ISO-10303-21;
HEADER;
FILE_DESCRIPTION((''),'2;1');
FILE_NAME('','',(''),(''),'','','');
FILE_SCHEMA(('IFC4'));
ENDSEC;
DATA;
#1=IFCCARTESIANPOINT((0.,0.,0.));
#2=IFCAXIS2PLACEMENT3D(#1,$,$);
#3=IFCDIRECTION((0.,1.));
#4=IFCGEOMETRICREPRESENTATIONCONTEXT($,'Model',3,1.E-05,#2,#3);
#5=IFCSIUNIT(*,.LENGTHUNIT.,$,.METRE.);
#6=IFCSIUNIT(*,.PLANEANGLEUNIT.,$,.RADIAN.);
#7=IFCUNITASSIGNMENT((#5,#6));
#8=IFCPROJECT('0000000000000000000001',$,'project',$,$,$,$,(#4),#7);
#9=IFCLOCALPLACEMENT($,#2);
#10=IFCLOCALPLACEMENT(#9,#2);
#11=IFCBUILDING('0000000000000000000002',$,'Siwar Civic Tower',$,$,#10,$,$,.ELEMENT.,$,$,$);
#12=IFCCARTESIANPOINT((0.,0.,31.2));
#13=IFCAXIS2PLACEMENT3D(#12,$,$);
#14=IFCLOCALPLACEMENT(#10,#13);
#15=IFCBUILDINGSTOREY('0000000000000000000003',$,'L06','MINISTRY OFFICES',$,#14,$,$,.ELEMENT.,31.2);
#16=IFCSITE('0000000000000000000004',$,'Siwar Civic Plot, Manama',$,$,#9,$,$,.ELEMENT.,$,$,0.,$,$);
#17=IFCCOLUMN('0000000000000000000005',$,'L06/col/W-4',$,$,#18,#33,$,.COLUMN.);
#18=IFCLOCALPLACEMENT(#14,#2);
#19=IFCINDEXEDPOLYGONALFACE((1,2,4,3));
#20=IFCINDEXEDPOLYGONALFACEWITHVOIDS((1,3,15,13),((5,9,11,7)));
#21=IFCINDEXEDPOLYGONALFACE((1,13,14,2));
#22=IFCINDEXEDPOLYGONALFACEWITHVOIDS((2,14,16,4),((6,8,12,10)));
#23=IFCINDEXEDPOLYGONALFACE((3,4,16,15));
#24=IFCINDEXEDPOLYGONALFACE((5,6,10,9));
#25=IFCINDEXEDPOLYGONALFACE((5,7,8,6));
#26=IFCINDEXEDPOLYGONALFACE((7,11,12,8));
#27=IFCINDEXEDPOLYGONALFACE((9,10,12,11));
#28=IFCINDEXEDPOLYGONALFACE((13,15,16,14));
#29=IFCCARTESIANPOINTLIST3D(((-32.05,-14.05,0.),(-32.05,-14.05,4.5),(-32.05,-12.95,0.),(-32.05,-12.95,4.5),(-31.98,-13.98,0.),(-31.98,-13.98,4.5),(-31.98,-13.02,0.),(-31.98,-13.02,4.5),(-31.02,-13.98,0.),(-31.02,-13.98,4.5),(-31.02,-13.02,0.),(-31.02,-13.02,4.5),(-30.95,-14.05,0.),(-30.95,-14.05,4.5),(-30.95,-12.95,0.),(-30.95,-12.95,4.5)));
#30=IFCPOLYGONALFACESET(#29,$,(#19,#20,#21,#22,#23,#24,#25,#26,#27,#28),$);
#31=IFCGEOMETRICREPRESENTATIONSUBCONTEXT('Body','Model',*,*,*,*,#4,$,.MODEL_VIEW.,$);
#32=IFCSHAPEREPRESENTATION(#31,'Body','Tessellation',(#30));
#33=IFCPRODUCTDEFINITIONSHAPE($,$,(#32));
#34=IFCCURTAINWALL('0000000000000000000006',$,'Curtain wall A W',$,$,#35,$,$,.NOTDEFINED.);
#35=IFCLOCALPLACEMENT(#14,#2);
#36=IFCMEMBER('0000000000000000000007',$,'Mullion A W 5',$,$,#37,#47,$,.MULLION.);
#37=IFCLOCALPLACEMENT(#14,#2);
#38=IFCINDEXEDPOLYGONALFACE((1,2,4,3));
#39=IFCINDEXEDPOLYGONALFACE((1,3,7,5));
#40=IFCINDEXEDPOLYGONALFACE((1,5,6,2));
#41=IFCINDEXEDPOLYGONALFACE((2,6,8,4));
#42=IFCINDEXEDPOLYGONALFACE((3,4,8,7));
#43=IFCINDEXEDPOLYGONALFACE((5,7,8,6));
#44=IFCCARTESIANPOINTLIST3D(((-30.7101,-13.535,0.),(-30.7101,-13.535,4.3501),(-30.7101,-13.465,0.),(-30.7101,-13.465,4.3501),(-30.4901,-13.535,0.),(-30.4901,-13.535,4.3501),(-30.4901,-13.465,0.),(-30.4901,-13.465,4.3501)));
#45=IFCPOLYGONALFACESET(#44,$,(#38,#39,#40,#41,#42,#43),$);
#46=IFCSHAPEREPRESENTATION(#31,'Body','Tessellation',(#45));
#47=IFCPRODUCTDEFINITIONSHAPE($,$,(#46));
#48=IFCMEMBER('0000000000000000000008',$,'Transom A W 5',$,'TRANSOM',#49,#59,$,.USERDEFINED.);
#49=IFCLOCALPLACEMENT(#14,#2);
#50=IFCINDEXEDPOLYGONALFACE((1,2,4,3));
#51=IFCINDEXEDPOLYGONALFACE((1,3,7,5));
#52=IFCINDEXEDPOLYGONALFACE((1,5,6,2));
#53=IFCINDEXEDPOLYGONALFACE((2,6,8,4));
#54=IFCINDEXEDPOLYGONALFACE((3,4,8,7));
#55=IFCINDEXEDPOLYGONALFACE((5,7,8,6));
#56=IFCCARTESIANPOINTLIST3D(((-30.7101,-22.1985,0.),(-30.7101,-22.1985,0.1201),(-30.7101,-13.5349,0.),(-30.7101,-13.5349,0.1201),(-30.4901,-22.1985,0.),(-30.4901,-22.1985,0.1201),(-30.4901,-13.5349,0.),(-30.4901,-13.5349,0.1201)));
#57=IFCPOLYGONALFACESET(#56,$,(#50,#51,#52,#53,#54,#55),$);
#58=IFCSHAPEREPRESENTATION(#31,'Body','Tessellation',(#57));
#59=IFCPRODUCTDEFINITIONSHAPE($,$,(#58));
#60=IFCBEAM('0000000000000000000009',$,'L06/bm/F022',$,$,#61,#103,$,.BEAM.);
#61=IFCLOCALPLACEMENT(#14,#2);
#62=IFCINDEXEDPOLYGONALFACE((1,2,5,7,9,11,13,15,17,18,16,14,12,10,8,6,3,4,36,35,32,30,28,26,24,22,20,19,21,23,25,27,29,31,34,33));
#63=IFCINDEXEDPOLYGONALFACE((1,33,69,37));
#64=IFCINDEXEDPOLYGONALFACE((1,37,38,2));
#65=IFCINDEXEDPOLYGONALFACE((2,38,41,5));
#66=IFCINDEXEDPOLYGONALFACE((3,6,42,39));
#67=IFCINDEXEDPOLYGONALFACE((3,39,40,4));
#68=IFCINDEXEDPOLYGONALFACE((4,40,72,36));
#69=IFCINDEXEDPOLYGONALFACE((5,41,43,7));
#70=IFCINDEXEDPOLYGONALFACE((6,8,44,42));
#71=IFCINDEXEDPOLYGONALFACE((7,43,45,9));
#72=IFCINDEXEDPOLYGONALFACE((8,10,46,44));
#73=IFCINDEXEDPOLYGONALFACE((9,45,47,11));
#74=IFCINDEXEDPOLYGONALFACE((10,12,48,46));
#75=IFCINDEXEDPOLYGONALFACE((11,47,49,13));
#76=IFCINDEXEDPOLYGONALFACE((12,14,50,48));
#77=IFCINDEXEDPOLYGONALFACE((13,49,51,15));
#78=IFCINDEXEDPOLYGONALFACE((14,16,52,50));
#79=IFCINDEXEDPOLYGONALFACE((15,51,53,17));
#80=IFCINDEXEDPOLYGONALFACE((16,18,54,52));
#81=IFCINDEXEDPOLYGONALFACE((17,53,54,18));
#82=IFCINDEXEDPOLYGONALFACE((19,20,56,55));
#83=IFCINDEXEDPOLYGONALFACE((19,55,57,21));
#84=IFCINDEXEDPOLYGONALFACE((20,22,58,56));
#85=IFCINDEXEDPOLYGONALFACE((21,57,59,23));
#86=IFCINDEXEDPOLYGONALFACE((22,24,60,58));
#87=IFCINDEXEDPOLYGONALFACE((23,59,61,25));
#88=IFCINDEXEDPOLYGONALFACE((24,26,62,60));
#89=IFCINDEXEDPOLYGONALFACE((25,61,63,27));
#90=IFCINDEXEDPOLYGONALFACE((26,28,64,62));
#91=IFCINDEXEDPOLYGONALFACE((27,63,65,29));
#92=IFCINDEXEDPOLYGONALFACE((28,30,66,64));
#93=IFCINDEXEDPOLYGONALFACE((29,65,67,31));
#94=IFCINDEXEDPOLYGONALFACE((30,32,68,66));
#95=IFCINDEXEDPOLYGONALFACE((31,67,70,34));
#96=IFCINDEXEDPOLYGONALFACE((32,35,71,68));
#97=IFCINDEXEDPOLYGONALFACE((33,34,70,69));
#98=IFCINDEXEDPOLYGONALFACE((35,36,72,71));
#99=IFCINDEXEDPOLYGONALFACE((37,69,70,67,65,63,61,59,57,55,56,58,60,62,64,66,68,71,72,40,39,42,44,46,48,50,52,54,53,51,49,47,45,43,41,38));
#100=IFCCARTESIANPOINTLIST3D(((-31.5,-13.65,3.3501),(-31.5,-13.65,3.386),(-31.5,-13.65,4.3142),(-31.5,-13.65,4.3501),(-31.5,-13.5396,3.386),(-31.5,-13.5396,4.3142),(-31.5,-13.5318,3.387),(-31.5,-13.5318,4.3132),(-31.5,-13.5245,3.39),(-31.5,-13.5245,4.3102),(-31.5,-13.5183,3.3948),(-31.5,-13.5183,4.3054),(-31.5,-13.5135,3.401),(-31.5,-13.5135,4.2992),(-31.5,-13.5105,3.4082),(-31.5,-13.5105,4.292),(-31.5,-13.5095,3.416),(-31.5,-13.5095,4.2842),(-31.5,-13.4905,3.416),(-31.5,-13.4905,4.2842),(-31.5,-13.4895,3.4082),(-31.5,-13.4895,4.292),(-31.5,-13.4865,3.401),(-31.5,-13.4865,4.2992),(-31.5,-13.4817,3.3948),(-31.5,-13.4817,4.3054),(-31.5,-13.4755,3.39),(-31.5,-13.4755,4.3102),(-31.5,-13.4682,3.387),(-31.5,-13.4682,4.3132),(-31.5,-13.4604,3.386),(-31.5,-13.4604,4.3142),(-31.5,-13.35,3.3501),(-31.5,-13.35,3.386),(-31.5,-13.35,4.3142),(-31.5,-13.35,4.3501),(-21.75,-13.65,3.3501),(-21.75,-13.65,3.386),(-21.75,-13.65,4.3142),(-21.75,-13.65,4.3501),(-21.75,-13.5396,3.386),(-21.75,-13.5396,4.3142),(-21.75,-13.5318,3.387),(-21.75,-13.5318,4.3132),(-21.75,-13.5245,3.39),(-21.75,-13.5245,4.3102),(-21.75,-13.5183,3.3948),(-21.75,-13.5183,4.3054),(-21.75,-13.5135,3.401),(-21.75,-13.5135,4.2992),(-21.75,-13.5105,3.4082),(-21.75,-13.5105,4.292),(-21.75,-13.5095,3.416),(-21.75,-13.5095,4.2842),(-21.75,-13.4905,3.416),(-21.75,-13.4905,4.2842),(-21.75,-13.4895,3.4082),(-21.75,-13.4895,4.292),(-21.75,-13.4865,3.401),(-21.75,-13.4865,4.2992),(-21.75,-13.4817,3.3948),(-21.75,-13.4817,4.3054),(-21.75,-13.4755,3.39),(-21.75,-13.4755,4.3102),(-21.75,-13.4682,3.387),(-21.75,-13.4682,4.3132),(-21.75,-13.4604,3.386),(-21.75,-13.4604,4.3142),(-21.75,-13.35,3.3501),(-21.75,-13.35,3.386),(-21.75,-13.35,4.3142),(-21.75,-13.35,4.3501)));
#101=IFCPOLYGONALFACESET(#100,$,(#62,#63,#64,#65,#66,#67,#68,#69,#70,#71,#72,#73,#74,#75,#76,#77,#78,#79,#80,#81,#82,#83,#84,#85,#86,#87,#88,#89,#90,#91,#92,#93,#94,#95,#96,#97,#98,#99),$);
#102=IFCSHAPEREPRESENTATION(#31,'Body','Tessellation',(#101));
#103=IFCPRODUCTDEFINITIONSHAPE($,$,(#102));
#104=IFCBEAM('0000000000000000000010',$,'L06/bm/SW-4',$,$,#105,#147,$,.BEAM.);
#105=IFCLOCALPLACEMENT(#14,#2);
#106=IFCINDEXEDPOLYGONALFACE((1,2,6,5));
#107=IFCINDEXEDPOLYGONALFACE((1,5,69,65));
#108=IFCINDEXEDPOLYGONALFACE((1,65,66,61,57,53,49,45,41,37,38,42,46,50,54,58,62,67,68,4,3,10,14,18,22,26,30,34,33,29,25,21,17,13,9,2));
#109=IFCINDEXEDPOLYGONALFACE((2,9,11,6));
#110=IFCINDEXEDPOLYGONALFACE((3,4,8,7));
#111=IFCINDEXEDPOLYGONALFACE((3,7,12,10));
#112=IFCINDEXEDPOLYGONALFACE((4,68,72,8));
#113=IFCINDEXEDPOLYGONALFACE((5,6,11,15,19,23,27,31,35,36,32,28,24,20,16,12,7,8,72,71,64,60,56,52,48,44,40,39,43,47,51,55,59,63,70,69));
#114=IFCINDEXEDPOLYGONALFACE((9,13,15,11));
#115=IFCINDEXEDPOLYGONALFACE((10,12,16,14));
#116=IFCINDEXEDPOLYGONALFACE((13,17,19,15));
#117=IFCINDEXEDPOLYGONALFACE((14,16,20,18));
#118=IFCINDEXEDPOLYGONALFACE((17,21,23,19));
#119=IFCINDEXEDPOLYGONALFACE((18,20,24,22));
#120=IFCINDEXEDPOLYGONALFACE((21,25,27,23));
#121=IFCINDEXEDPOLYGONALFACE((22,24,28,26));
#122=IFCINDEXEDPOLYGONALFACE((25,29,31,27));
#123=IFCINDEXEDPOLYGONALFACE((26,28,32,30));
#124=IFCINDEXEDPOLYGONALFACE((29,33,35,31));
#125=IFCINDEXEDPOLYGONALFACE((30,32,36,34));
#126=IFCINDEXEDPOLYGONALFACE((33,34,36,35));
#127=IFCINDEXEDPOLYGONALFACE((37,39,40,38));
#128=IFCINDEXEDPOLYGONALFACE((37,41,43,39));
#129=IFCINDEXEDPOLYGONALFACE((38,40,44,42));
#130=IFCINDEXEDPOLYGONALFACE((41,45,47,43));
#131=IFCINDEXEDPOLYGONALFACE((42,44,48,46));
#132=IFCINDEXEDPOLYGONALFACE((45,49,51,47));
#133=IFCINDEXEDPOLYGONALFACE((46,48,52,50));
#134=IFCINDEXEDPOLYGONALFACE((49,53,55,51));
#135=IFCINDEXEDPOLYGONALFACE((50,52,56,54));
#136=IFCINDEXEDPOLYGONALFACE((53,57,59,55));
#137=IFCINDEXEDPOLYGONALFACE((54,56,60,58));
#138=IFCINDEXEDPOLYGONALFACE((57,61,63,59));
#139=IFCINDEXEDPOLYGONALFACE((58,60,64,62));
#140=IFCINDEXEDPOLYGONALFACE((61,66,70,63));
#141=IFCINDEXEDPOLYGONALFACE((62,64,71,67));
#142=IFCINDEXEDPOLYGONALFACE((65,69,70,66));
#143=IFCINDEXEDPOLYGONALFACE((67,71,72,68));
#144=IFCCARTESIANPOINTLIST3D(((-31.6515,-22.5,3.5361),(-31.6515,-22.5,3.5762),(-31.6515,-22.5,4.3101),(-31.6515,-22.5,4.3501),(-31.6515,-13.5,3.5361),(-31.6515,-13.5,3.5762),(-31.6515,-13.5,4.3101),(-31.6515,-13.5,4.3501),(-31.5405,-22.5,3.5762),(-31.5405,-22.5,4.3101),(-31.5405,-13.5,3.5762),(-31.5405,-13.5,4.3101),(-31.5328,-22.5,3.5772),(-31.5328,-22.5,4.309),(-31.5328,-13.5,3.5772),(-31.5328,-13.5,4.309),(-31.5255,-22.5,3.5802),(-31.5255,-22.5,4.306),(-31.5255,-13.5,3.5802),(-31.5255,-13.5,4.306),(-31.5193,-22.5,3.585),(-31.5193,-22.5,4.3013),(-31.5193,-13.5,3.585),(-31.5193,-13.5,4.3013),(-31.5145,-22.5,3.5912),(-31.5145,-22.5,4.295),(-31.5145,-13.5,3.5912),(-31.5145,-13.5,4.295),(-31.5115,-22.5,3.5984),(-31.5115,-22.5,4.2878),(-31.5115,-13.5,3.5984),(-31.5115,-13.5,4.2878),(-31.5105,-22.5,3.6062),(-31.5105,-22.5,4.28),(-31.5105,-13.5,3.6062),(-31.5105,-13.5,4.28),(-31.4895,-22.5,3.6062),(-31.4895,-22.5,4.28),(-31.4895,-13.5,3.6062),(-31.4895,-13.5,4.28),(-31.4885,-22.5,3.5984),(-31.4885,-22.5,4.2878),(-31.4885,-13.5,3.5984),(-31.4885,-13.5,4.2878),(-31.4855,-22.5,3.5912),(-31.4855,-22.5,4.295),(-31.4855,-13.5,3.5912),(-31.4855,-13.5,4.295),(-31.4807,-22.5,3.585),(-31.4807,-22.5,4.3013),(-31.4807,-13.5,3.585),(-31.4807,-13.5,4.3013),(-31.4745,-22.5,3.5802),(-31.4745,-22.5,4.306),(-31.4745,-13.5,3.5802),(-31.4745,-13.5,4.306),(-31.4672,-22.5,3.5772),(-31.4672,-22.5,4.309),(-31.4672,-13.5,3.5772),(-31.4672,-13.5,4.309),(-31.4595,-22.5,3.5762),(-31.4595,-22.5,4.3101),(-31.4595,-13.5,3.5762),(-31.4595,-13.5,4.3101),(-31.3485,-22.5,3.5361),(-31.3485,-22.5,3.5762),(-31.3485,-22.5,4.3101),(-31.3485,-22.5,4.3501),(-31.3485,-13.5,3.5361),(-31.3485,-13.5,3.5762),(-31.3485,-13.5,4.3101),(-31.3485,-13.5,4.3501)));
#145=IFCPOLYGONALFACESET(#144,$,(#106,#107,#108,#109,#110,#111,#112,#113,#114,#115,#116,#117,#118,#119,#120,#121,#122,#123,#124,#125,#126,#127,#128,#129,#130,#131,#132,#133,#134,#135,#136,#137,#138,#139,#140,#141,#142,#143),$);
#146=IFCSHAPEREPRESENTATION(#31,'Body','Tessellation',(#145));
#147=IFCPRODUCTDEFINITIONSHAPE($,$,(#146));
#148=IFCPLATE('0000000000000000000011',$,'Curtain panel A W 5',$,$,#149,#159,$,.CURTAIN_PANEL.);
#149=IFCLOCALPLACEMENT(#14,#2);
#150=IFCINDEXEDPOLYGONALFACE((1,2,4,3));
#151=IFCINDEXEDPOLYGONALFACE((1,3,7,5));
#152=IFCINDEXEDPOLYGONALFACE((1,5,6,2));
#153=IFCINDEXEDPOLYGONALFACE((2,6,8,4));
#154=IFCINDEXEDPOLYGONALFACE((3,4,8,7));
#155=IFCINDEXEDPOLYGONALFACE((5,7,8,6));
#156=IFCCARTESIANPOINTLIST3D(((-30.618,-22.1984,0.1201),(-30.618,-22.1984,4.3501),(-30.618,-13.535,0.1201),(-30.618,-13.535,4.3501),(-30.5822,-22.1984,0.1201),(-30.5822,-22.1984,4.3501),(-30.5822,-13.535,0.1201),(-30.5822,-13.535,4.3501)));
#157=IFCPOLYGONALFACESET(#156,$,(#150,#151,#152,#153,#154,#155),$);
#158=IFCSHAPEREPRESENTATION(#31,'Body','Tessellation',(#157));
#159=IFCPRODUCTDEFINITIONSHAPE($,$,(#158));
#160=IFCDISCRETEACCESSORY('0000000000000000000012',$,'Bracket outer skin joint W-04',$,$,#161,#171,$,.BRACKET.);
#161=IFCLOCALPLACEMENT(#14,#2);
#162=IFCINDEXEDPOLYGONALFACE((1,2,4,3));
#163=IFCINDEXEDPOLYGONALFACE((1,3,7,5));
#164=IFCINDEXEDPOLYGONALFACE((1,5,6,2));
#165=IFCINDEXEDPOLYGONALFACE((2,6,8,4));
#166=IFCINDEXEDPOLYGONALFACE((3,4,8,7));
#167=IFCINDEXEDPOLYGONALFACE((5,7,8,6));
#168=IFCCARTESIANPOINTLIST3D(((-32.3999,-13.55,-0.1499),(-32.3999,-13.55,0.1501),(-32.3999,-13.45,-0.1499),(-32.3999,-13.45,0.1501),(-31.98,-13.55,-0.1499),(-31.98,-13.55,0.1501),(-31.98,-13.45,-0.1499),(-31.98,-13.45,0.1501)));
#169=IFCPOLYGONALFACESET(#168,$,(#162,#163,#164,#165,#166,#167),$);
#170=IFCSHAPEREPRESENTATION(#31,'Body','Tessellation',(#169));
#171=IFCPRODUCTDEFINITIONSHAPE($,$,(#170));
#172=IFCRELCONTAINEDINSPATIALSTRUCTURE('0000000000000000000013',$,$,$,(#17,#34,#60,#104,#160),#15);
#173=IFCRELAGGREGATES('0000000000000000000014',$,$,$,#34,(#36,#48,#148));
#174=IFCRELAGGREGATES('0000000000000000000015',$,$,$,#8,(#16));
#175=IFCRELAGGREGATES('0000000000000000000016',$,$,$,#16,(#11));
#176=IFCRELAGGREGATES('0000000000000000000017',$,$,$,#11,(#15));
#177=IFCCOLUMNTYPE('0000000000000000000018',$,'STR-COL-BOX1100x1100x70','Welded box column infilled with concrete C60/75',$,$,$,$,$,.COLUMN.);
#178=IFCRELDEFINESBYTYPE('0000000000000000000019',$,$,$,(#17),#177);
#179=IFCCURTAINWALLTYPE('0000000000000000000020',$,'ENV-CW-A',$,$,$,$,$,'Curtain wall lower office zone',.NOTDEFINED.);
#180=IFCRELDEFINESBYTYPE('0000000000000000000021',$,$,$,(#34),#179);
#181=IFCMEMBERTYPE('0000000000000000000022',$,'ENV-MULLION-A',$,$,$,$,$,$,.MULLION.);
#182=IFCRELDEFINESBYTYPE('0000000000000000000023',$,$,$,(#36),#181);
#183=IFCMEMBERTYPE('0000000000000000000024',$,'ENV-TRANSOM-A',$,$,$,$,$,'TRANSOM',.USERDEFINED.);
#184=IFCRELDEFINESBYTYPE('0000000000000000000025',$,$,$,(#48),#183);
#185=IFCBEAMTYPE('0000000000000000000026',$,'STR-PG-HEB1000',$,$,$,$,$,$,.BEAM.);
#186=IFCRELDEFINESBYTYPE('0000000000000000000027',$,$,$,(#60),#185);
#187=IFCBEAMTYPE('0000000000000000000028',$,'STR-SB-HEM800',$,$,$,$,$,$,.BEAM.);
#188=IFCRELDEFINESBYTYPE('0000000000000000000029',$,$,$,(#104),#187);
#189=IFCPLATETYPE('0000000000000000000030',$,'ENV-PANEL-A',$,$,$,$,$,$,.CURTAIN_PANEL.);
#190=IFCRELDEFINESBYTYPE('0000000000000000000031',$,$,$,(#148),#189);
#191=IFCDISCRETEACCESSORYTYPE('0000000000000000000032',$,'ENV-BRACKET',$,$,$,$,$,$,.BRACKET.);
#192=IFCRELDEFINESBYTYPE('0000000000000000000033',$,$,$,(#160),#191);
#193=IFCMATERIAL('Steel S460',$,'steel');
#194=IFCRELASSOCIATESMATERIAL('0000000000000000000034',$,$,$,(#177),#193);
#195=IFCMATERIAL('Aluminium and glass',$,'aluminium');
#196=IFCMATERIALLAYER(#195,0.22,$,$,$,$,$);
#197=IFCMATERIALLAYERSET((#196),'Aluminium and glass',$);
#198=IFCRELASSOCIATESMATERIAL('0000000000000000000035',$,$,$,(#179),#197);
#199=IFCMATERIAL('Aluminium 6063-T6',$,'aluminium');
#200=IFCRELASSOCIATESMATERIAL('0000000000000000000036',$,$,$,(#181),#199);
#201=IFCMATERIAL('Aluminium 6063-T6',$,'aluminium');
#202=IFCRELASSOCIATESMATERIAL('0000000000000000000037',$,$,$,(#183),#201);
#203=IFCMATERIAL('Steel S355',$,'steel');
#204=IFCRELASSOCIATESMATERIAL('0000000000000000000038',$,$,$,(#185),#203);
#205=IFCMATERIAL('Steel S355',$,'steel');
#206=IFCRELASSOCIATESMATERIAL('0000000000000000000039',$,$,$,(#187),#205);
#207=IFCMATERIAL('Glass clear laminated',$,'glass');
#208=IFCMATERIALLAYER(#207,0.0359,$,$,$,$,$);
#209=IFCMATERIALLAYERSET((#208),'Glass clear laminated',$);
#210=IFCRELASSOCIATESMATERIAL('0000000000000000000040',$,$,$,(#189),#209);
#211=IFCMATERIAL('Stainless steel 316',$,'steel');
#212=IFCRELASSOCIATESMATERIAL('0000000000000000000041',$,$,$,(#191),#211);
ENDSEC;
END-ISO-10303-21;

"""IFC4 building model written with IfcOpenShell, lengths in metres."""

from ifc_helpers import new_model, si_unit, direction, frame, origin, origin_2d, place, context, subcontext, project, spatial, rectangle, hollow_rectangle, i_section, extrude, material, layer, layer_set, material_profile, profile_set, type_object, element, aggregate, save


model = new_model("IFC4")

# Units and contexts
model_context = context("Model", 3, precision=1e-05, world=origin(), true_north=direction((0.0, 1.0)))
body_context = subcontext(model_context, "Body", "Model", "MODEL_VIEW")
ifc_project = project(units=[si_unit("LENGTHUNIT", "METRE"), si_unit("PLANEANGLEUNIT", "RADIAN")], contexts=[model_context])

# Site, building, storey
site_placement = place(None, origin())
site = spatial("IfcSite", under=ifc_project, at=site_placement, Name="Siwar Civic Plot, Manama", CompositionType="ELEMENT", RefElevation=0.0)
building_placement = place(site_placement, origin())
building = spatial("IfcBuilding", under=site, at=building_placement, Name="Siwar Civic Tower", CompositionType="ELEMENT")
storey_placement = place(building_placement, frame((0.0, 0.0, 31.2)))
storey = spatial("IfcBuildingStorey", under=building, at=storey_placement, Name="L06", Description="MINISTRY OFFICES", CompositionType="ELEMENT", Elevation=31.2)

# Column
ifc_material_1 = material(Name="Steel S460", Category="steel")
ifc_material_profile_1 = material_profile(ifc_material_1, hollow_rectangle(XDim=1.1001, YDim=1.1001, WallThickness=0.0701, at=origin_2d()), Name="BOX1100x1100x70")
ifc_profile_set_1 = profile_set([ifc_material_profile_1], Name="Steel S460")
column_type = type_object("IfcColumnType", Name="STR-COL-BOX1100x1100x70", Description="Welded box column infilled with concrete C60/75", PredefinedType="COLUMN", material=ifc_profile_set_1)
column_placement = place(storey_placement, frame((-31.5, -13.5, 0.0), z_axis=(0.0, 0.0, 1.0), x_axis=(1.0, 0.0, 0.0)))
element("IfcColumn", 1, at=column_placement, inside=storey, type_object=column_type, Name="L06/col/W-4", PredefinedType="COLUMN", context=body_context, shape_type="SweptSolid", body=[
    extrude(hollow_rectangle(XDim=1.1001, YDim=1.1001, WallThickness=0.0701, at=origin_2d()), origin(), (0.0, 0.0, 1.0), 4.5),
])

# Curtain wall, members
ifc_material_2 = material(Name="Aluminium and glass", Category="aluminium")
ifc_layer_1 = layer(ifc_material_2, 0.22)
ifc_layer_set_1 = layer_set([ifc_layer_1], Name="Aluminium and glass")
curtain_wall_type = type_object("IfcCurtainWallType", Name="ENV-CW-A", ElementType="Curtain wall lower office zone", PredefinedType="NOTDEFINED", material=ifc_layer_set_1)
curtain_wall_placement = place(storey_placement, origin())
curtain_wall = element("IfcCurtainWall", 2, at=curtain_wall_placement, inside=storey, type_object=curtain_wall_type, Name="Curtain wall A W", PredefinedType="NOTDEFINED")
ifc_material_3 = material(Name="Aluminium 6063-T6", Category="aluminium")
ifc_material_profile_2 = material_profile(ifc_material_3, rectangle(XDim=0.22, YDim=0.0701, at=origin_2d()), Name="AL 220x70")
ifc_profile_set_2 = profile_set([ifc_material_profile_2], Name="Aluminium 6063-T6")
member_type_1 = type_object("IfcMemberType", Name="ENV-MULLION-A", PredefinedType="MULLION", material=ifc_profile_set_2)
member_1_placement = place(storey_placement, frame((-30.6001, -13.5, 0.0), z_axis=(0.0, 0.0, 1.0), x_axis=(1.0, 0.0, 0.0)))
member_1 = element("IfcMember", 3, at=member_1_placement, type_object=member_type_1, Name="Mullion A W 5", PredefinedType="MULLION", context=body_context, shape_type="SweptSolid", body=[
    extrude(rectangle(XDim=0.22, YDim=0.0701, at=origin_2d()), origin(), (0.0, 0.0, 1.0), 4.3501),
])
ifc_material_4 = material(Name="Aluminium 6063-T6", Category="aluminium")
ifc_material_profile_3 = material_profile(ifc_material_4, rectangle(XDim=0.22, YDim=0.1201, at=origin_2d()), Name="AL 220x120")
ifc_profile_set_3 = profile_set([ifc_material_profile_3], Name="Aluminium 6063-T6")
member_type_2 = type_object("IfcMemberType", Name="ENV-TRANSOM-A", ElementType="TRANSOM", PredefinedType="USERDEFINED", material=ifc_profile_set_3)
member_2_placement = place(storey_placement, frame((-30.6001, -13.5349, 0.0601), z_axis=(0.0, -1.0, 0.0), x_axis=(1.0, 0.0, 0.0)))
member_2 = element("IfcMember", 4, at=member_2_placement, type_object=member_type_2, Name="Transom A W 5", ObjectType="TRANSOM", PredefinedType="USERDEFINED", context=body_context, shape_type="SweptSolid", body=[
    extrude(rectangle(XDim=0.22, YDim=0.1201, at=origin_2d()), origin(), (0.0, 0.0, 1.0), 8.6636),
])

# Beams
ifc_material_5 = material(Name="Steel S355", Category="steel")
ifc_material_profile_4 = material_profile(ifc_material_5, i_section(OverallWidth=0.3, OverallDepth=1.0, WebThickness=0.019, FlangeThickness=0.0359, FilletRadius=0.03, at=origin_2d()), Name="HEB1000")
ifc_profile_set_4 = profile_set([ifc_material_profile_4], Name="Steel S355")
beam_type_1 = type_object("IfcBeamType", Name="STR-PG-HEB1000", PredefinedType="BEAM", material=ifc_profile_set_4)
beam_1_placement = place(storey_placement, frame((-31.5, -13.5, 3.8501), z_axis=(1.0, 0.0, 0.0), x_axis=(0.0, 1.0, 0.0)))
element("IfcBeam", 5, at=beam_1_placement, inside=storey, type_object=beam_type_1, Name="L06/bm/F022", PredefinedType="BEAM", context=body_context, shape_type="SweptSolid", body=[
    extrude(i_section(OverallWidth=0.3, OverallDepth=1.0, WebThickness=0.019, FlangeThickness=0.0359, FilletRadius=0.03, at=origin_2d()), origin(), (0.0, 0.0, 1.0), 9.75),
])
ifc_material_6 = material(Name="Steel S355", Category="steel")
ifc_material_profile_5 = material_profile(ifc_material_6, i_section(OverallWidth=0.303, OverallDepth=0.814, WebThickness=0.021, FlangeThickness=0.04, FilletRadius=0.03, at=origin_2d()), Name="HEM800")
ifc_profile_set_5 = profile_set([ifc_material_profile_5], Name="Steel S355")
beam_type_2 = type_object("IfcBeamType", Name="STR-SB-HEM800", PredefinedType="BEAM", material=ifc_profile_set_5)
beam_2_placement = place(storey_placement, frame((-31.5, -13.5, 3.9431), z_axis=(0.0, -1.0, 0.0), x_axis=(1.0, 0.0, 0.0)))
element("IfcBeam", 6, at=beam_2_placement, inside=storey, type_object=beam_type_2, Name="L06/bm/SW-4", PredefinedType="BEAM", context=body_context, shape_type="SweptSolid", body=[
    extrude(i_section(OverallWidth=0.303, OverallDepth=0.814, WebThickness=0.021, FlangeThickness=0.04, FilletRadius=0.03, at=origin_2d()), origin(), (0.0, 0.0, 1.0), 9.0),
])

# Plate
ifc_material_7 = material(Name="Glass clear laminated", Category="glass")
ifc_layer_2 = layer(ifc_material_7, 0.0359)
ifc_layer_set_2 = layer_set([ifc_layer_2], Name="Glass clear laminated")
plate_type = type_object("IfcPlateType", Name="ENV-PANEL-A", PredefinedType="CURTAIN_PANEL", material=ifc_layer_set_2)
plate_placement = place(storey_placement, frame((-30.6001, -17.8667, 0.1201), z_axis=(0.0, 0.0, 1.0), x_axis=(0.0, -1.0, 0.0)))
plate = element("IfcPlate", 7, at=plate_placement, type_object=plate_type, Name="Curtain panel A W 5", PredefinedType="CURTAIN_PANEL", context=body_context, shape_type="SweptSolid", body=[
    extrude(rectangle(XDim=8.6633, YDim=0.0359, at=origin_2d()), origin(), (0.0, 0.0, 1.0), 4.23),
])
aggregate(curtain_wall, [member_1, member_2, plate])

# Discrete accessory
ifc_material_8 = material(Name="Stainless steel 316", Category="steel")
discrete_accessory_type = type_object("IfcDiscreteAccessoryType", Name="ENV-BRACKET", PredefinedType="BRACKET", material=ifc_material_8)
discrete_accessory_placement = place(storey_placement, frame((-32.1899, -13.5, -0.1499), z_axis=(0.0, 0.0, 1.0), x_axis=(-1.0, 0.0, 0.0)))
element("IfcDiscreteAccessory", 8, at=discrete_accessory_placement, inside=storey, type_object=discrete_accessory_type, Name="Bracket outer skin joint W-04", PredefinedType="BRACKET", context=body_context, shape_type="SweptSolid", body=[
    extrude(rectangle(XDim=0.4199, YDim=0.1001, at=origin_2d()), origin(), (0.0, 0.0, 1.0), 0.3),
])

save(model, "model.ifc")
